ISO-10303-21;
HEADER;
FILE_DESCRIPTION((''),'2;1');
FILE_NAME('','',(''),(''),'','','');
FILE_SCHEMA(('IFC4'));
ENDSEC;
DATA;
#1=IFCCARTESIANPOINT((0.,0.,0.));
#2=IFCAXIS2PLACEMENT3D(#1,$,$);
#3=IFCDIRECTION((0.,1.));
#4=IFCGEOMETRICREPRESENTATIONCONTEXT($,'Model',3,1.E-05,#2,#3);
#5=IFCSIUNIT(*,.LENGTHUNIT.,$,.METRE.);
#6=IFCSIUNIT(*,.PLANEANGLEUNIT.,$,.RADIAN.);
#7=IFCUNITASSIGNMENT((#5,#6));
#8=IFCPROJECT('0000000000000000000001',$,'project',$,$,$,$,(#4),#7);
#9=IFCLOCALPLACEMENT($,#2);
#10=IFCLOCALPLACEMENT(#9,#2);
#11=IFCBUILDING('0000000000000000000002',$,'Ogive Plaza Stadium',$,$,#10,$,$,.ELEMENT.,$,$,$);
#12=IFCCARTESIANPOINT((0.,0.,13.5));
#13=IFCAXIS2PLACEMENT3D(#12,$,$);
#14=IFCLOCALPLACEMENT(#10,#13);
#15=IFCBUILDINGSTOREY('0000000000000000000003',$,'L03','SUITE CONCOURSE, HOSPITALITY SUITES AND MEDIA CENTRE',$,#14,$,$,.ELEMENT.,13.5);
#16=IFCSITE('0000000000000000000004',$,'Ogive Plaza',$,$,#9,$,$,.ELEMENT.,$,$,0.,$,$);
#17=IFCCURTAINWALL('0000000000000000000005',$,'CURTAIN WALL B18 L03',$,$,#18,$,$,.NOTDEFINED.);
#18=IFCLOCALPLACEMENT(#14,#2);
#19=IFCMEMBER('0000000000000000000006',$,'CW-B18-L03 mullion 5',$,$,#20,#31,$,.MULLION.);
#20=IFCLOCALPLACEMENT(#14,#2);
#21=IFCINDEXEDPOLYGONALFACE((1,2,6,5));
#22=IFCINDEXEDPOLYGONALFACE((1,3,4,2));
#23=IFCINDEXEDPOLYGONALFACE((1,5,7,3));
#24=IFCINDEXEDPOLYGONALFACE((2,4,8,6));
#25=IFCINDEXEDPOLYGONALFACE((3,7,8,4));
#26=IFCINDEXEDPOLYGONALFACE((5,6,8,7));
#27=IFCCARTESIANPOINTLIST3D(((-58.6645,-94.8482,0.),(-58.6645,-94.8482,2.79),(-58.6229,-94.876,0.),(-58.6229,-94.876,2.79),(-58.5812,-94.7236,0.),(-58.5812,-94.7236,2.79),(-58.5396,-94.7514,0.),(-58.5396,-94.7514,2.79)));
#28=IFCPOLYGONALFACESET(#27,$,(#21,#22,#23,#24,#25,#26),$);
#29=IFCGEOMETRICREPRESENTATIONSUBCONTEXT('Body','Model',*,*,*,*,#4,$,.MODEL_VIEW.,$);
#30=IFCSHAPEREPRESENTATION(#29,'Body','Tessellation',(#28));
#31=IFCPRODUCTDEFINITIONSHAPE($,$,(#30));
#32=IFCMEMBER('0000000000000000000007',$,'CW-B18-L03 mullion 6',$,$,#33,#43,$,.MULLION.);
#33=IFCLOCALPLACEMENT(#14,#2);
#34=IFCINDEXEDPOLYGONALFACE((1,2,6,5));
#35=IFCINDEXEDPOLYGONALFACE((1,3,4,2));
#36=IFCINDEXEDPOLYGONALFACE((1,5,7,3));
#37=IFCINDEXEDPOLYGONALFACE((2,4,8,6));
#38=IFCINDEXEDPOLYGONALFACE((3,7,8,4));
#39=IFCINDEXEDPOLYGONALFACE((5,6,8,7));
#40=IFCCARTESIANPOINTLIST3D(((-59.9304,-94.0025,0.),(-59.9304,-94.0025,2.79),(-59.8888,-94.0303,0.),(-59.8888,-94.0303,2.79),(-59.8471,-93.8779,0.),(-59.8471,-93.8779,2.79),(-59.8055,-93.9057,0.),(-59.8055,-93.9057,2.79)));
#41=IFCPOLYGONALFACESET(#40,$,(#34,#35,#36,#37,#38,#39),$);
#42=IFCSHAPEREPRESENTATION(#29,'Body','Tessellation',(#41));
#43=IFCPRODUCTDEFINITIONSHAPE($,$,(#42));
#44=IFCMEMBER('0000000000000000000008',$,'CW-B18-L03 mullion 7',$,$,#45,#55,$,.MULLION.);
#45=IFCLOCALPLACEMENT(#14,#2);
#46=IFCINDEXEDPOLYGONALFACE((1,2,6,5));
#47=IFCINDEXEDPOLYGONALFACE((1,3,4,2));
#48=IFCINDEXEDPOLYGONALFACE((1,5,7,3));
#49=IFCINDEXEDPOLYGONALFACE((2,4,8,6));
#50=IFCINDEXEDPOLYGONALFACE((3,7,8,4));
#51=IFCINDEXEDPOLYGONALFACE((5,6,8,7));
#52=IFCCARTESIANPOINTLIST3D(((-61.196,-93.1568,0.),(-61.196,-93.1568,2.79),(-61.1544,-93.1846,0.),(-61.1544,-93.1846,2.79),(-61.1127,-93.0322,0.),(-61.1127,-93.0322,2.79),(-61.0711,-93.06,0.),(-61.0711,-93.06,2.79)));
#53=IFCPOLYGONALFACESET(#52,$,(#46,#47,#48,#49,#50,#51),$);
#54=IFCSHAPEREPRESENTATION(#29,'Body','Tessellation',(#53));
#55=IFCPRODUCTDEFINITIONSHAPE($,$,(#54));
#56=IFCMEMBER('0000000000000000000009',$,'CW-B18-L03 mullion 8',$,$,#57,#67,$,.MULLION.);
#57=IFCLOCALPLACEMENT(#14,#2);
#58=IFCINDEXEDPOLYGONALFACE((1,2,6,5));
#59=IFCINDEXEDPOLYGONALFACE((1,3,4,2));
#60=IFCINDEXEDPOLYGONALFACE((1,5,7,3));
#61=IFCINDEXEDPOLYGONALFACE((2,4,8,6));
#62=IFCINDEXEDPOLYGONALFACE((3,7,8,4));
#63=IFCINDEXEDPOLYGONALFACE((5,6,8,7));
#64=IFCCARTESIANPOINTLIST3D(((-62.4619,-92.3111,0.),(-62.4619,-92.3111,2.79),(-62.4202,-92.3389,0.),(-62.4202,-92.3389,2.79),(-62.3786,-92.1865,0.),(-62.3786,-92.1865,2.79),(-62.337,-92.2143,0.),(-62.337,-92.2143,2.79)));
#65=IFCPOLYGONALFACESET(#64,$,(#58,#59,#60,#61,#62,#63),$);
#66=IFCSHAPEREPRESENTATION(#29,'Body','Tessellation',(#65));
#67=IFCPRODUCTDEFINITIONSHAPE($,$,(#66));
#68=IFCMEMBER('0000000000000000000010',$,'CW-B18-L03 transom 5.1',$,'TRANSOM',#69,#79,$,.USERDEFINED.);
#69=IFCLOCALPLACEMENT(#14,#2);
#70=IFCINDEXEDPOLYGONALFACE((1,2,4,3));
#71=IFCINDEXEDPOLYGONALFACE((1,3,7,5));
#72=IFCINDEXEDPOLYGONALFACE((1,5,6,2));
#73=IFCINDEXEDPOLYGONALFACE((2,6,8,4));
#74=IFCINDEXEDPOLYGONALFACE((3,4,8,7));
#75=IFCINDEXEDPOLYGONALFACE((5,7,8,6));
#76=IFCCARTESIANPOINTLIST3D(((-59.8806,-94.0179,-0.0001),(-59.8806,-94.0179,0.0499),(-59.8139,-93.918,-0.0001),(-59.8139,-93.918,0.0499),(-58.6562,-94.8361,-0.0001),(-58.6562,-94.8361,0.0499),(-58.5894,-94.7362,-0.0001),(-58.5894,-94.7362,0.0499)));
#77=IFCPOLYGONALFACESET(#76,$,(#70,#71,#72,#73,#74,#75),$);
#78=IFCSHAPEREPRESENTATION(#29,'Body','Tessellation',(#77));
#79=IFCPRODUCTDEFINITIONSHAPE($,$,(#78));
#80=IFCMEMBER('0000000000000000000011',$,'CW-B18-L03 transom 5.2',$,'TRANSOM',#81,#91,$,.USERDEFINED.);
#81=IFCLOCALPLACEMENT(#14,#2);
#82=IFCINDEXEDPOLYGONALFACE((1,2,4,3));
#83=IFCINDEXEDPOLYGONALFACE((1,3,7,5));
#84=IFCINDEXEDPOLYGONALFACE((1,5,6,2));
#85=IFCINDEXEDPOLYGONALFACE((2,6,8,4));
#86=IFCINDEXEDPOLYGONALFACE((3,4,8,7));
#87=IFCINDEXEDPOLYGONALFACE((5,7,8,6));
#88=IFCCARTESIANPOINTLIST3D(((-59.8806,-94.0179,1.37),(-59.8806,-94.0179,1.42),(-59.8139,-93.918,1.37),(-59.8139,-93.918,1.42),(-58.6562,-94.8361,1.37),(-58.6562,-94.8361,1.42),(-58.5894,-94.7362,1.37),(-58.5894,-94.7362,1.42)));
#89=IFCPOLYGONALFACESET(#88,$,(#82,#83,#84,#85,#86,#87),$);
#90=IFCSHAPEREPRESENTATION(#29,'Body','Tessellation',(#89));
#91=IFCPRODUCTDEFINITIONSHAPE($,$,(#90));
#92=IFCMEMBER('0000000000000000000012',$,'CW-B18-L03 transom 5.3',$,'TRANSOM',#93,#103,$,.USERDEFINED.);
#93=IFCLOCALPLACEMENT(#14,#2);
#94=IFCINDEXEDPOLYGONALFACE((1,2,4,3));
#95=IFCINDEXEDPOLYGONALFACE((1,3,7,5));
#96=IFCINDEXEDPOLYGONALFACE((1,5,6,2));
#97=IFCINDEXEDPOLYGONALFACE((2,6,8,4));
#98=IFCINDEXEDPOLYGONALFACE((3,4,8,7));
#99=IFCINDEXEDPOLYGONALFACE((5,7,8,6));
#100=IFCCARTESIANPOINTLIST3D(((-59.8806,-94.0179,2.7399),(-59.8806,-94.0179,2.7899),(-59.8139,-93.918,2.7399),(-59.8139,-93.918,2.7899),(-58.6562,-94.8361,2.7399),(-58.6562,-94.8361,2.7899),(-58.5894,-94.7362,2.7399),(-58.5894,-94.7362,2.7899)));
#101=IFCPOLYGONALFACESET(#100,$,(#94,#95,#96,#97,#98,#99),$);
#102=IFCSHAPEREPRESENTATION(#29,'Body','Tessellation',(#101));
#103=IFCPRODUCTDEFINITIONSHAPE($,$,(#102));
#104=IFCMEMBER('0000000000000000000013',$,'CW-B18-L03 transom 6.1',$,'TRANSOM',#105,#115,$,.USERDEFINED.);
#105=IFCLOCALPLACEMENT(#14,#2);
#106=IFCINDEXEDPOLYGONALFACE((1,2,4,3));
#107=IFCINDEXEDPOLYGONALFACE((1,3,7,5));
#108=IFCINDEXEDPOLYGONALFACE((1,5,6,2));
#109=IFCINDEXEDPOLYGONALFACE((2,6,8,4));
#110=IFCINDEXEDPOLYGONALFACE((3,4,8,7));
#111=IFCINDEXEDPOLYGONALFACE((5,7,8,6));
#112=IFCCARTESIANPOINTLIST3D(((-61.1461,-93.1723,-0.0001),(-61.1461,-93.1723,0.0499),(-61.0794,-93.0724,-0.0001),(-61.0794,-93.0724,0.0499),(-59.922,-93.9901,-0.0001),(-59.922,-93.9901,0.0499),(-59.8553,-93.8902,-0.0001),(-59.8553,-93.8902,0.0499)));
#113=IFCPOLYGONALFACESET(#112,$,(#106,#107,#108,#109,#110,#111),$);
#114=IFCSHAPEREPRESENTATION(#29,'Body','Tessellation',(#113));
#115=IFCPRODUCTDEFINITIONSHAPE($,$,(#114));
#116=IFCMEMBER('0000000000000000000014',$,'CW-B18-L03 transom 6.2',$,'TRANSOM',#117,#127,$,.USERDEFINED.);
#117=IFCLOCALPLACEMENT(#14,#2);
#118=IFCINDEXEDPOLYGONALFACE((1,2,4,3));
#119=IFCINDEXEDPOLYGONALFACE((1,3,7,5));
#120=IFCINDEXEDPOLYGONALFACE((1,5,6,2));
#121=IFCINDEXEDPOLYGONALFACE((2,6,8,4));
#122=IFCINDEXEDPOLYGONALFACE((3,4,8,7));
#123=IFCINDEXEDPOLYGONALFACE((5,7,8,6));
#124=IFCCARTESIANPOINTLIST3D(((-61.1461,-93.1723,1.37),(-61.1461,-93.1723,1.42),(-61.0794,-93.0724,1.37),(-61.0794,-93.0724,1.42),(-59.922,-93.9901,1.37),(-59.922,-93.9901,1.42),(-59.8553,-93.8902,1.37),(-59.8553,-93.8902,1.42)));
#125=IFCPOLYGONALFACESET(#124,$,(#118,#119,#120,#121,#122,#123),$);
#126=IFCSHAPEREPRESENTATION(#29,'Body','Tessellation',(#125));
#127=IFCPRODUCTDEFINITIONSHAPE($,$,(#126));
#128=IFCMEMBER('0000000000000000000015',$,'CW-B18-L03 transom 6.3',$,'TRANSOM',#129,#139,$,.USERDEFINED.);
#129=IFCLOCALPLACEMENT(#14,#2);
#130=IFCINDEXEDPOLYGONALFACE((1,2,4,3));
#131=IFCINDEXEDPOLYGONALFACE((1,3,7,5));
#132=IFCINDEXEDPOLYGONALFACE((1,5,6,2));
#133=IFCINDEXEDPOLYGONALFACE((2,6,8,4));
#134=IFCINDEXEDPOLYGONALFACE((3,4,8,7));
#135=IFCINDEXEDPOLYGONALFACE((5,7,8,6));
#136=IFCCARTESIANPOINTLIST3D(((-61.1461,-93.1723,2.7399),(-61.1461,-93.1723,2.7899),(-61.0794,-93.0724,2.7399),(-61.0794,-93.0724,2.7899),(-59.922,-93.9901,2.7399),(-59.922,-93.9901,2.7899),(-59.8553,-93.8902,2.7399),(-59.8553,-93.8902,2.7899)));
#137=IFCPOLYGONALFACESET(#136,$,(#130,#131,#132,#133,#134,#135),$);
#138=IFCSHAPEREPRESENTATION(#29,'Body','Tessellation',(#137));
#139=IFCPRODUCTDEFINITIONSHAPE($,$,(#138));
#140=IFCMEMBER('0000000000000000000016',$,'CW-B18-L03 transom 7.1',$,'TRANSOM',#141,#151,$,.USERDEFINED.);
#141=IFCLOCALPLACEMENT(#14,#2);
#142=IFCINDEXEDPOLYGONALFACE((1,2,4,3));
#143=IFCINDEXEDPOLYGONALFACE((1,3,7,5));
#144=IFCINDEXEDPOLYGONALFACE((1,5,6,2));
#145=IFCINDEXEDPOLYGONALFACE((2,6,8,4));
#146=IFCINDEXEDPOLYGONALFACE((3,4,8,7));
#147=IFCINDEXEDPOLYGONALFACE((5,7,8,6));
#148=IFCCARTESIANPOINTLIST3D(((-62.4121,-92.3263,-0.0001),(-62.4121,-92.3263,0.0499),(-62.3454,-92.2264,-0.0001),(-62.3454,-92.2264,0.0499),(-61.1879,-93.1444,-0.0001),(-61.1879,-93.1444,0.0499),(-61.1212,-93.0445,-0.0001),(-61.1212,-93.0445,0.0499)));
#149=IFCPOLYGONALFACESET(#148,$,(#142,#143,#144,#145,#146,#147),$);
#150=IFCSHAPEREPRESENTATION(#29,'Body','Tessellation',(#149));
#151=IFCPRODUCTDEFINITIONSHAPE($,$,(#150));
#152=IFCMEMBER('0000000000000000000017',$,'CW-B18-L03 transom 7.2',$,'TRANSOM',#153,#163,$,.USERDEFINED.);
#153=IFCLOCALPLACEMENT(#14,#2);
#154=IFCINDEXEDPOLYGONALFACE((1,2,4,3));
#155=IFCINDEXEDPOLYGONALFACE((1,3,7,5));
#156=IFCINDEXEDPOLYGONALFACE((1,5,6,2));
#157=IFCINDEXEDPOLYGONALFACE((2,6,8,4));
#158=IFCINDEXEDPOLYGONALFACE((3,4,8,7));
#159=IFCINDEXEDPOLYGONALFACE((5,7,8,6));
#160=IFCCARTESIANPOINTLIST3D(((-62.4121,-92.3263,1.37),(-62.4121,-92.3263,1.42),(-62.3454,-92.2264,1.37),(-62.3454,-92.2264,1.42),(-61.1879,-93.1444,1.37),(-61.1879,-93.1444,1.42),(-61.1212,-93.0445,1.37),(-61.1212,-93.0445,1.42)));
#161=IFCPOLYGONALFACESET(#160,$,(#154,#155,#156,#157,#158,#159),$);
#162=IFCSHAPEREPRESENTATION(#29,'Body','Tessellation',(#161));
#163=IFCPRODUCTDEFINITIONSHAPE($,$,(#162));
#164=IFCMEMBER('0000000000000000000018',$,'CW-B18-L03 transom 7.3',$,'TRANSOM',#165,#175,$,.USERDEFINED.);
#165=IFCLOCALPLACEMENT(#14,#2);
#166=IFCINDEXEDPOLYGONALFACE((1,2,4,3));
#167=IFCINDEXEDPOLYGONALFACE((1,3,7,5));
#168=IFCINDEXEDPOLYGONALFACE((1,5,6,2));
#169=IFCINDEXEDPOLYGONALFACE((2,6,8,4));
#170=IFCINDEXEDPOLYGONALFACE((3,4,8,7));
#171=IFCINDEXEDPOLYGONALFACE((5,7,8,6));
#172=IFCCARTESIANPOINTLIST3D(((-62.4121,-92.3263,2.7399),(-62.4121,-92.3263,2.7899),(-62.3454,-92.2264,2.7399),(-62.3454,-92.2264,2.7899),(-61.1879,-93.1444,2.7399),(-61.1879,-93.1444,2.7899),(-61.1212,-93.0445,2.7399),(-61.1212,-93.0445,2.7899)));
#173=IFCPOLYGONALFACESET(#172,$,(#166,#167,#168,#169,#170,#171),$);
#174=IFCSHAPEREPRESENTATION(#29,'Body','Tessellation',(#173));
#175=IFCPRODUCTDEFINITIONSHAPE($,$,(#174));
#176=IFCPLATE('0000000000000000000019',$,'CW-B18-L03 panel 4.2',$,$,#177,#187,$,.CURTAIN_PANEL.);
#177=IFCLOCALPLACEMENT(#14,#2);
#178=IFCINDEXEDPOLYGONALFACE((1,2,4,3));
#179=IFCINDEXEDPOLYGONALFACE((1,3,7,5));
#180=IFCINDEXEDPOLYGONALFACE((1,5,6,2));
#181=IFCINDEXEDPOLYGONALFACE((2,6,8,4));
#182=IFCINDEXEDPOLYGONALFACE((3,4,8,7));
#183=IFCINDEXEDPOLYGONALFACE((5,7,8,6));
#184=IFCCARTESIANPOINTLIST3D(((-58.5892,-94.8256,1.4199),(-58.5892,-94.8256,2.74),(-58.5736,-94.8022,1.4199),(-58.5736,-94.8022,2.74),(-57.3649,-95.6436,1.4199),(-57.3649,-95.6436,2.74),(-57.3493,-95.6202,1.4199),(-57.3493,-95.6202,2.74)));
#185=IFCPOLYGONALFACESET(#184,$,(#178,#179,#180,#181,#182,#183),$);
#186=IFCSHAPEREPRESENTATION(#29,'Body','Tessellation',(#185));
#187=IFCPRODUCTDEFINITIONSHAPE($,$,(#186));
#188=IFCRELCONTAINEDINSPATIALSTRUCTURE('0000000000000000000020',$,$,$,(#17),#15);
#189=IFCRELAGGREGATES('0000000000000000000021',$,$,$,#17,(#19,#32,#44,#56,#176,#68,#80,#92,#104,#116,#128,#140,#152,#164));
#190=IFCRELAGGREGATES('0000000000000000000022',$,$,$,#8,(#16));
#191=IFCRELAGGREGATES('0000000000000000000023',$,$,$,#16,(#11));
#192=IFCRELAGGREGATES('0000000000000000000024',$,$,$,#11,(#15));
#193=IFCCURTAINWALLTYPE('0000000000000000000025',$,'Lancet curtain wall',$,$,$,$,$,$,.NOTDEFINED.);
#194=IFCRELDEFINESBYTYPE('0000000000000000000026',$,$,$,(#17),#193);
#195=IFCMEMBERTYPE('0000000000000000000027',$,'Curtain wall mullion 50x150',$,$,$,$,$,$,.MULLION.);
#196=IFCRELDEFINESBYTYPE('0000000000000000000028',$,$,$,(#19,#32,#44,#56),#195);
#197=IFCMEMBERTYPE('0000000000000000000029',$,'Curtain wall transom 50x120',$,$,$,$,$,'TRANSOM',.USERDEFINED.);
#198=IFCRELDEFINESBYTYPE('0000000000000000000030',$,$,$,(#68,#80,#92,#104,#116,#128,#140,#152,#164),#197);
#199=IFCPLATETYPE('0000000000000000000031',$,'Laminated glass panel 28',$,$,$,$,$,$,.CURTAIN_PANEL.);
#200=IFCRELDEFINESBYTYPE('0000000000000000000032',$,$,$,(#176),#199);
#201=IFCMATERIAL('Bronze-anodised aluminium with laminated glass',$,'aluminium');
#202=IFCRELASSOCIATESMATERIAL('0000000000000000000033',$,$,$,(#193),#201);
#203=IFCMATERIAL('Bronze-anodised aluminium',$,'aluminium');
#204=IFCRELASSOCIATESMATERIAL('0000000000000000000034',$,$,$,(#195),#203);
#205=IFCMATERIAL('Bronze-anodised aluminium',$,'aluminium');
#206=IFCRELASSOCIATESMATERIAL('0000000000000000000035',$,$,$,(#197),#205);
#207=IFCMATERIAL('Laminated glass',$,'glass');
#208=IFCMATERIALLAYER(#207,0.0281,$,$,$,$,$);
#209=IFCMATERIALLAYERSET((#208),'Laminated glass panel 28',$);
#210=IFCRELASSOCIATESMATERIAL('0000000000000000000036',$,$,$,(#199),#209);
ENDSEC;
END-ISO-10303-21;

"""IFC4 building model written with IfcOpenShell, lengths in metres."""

from ifc_helpers import new_model, si_unit, direction, frame, origin, origin_2d, place, context, subcontext, project, spatial, rectangle, extrude, material, layer, layer_set, material_profile, profile_set, type_object, element, aggregate, save


model = new_model("IFC4")

# Units and contexts
model_context = context("Model", 3, precision=1e-05, world=origin(), true_north=direction((0.0, 1.0)))
body_context = subcontext(model_context, "Body", "Model", "MODEL_VIEW")
ifc_project = project(units=[si_unit("LENGTHUNIT", "METRE"), si_unit("PLANEANGLEUNIT", "RADIAN")], contexts=[model_context])

# Site, building, storey
site_placement = place(None, origin())
site = spatial("IfcSite", under=ifc_project, at=site_placement, Name="Ogive Plaza", CompositionType="ELEMENT", RefElevation=0.0)
building_placement = place(site_placement, origin())
building = spatial("IfcBuilding", under=site, at=building_placement, Name="Ogive Plaza Stadium", CompositionType="ELEMENT")
storey_placement = place(building_placement, frame((0.0, 0.0, 13.5)))
storey = spatial("IfcBuildingStorey", under=building, at=storey_placement, Name="L03", Description="SUITE CONCOURSE, HOSPITALITY SUITES AND MEDIA CENTRE", CompositionType="ELEMENT", Elevation=13.5)

# Curtain wall, members, plate
ifc_material_1 = material(Name="Bronze-anodised aluminium with laminated glass", Category="aluminium")
curtain_wall_type = type_object("IfcCurtainWallType", Name="Lancet curtain wall", PredefinedType="NOTDEFINED", material=ifc_material_1)
curtain_wall_placement = place(storey_placement, origin())
curtain_wall = element("IfcCurtainWall", 1, at=curtain_wall_placement, inside=storey, type_object=curtain_wall_type, Name="CURTAIN WALL B18 L03", PredefinedType="NOTDEFINED")
ifc_material_2 = material(Name="Bronze-anodised aluminium", Category="aluminium")
ifc_material_profile_1 = material_profile(ifc_material_2, rectangle(XDim=0.1499, YDim=0.05, at=origin_2d()), Name="AL 150x50")
ifc_profile_set_1 = profile_set([ifc_material_profile_1], Name="Bronze-anodised aluminium")
member_type_1 = type_object("IfcMemberType", Name="Curtain wall mullion 50x150", PredefinedType="MULLION", material=ifc_profile_set_1)
member_1_placement = place(storey_placement, frame((-58.6021, -94.7998, 0.0), z_axis=(0.0, 0.0, 1.0), x_axis=(-0.55557, -0.83147, 0.0)))
member_1 = element("IfcMember", 2, at=member_1_placement, type_object=member_type_1, Name="CW-B18-L03 mullion 5", PredefinedType="MULLION", context=body_context, shape_type="SweptSolid", body=[
    extrude(rectangle(XDim=0.1499, YDim=0.05, at=origin_2d()), origin(), (0.0, 0.0, 1.0), 2.79),
])
member_2_placement = place(storey_placement, frame((-59.8679, -93.9541, 0.0), z_axis=(0.0, 0.0, 1.0), x_axis=(-0.55557, -0.83147, 0.0)))
member_2 = element("IfcMember", 3, at=member_2_placement, type_object=member_type_1, Name="CW-B18-L03 mullion 6", PredefinedType="MULLION", context=body_context, shape_type="SweptSolid", body=[
    extrude(rectangle(XDim=0.1499, YDim=0.05, at=origin_2d()), origin(), (0.0, 0.0, 1.0), 2.79),
])
member_3_placement = place(storey_placement, frame((-61.1335, -93.1084, 0.0), z_axis=(0.0, 0.0, 1.0), x_axis=(-0.55557, -0.83147, 0.0)))
member_3 = element("IfcMember", 4, at=member_3_placement, type_object=member_type_1, Name="CW-B18-L03 mullion 7", PredefinedType="MULLION", context=body_context, shape_type="SweptSolid", body=[
    extrude(rectangle(XDim=0.1499, YDim=0.05, at=origin_2d()), origin(), (0.0, 0.0, 1.0), 2.79),
])
member_4_placement = place(storey_placement, frame((-62.3994, -92.2627, 0.0), z_axis=(0.0, 0.0, 1.0), x_axis=(-0.55557, -0.83147, 0.0)))
member_4 = element("IfcMember", 5, at=member_4_placement, type_object=member_type_1, Name="CW-B18-L03 mullion 8", PredefinedType="MULLION", context=body_context, shape_type="SweptSolid", body=[
    extrude(rectangle(XDim=0.1499, YDim=0.05, at=origin_2d()), origin(), (0.0, 0.0, 1.0), 2.79),
])
ifc_material_3 = material(Name="Bronze-anodised aluminium", Category="aluminium")
ifc_material_profile_2 = material_profile(ifc_material_3, rectangle(XDim=0.1201, YDim=0.05, at=origin_2d()), Name="AL 120x50")
ifc_profile_set_2 = profile_set([ifc_material_profile_2], Name="Bronze-anodised aluminium")
member_type_2 = type_object("IfcMemberType", Name="Curtain wall transom 50x120", ElementType="TRANSOM", PredefinedType="USERDEFINED", material=ifc_profile_set_2)
member_5_placement = place(storey_placement, frame((-58.6228, -94.7861, 0.0249), z_axis=(-0.831463, 0.55558, 0.0), x_axis=(-0.55558, -0.831463, 0.0)))
member_5 = element("IfcMember", 6, at=member_5_placement, type_object=member_type_2, Name="CW-B18-L03 transom 5.1", ObjectType="TRANSOM", PredefinedType="USERDEFINED", context=body_context, shape_type="SweptSolid", body=[
    extrude(rectangle(XDim=0.1201, YDim=0.05, at=origin_2d()), origin(), (0.0, 0.0, 1.0), 1.4727),
])
member_6_placement = place(storey_placement, frame((-58.6228, -94.7861, 1.395), z_axis=(-0.831463, 0.55558, 0.0), x_axis=(-0.55558, -0.831463, 0.0)))
member_6 = element("IfcMember", 7, at=member_6_placement, type_object=member_type_2, Name="CW-B18-L03 transom 5.2", ObjectType="TRANSOM", PredefinedType="USERDEFINED", context=body_context, shape_type="SweptSolid", body=[
    extrude(rectangle(XDim=0.1201, YDim=0.05, at=origin_2d()), origin(), (0.0, 0.0, 1.0), 1.4727),
])
member_7_placement = place(storey_placement, frame((-58.6228, -94.7861, 2.7649), z_axis=(-0.831463, 0.55558, 0.0), x_axis=(-0.55558, -0.831463, 0.0)))
member_7 = element("IfcMember", 8, at=member_7_placement, type_object=member_type_2, Name="CW-B18-L03 transom 5.3", ObjectType="TRANSOM", PredefinedType="USERDEFINED", context=body_context, shape_type="SweptSolid", body=[
    extrude(rectangle(XDim=0.1201, YDim=0.05, at=origin_2d()), origin(), (0.0, 0.0, 1.0), 1.4727),
])
member_8_placement = place(storey_placement, frame((-59.8887, -93.9402, 0.0249), z_axis=(-0.831489, 0.555542, 0.0), x_axis=(-0.555542, -0.831489, 0.0)))
member_8 = element("IfcMember", 9, at=member_8_placement, type_object=member_type_2, Name="CW-B18-L03 transom 6.1", ObjectType="TRANSOM", PredefinedType="USERDEFINED", context=body_context, shape_type="SweptSolid", body=[
    extrude(rectangle(XDim=0.1201, YDim=0.05, at=origin_2d()), origin(), (0.0, 0.0, 1.0), 1.4722),
])
member_9_placement = place(storey_placement, frame((-59.8887, -93.9402, 1.395), z_axis=(-0.831489, 0.555542, 0.0), x_axis=(-0.555542, -0.831489, 0.0)))
member_9 = element("IfcMember", 10, at=member_9_placement, type_object=member_type_2, Name="CW-B18-L03 transom 6.2", ObjectType="TRANSOM", PredefinedType="USERDEFINED", context=body_context, shape_type="SweptSolid", body=[
    extrude(rectangle(XDim=0.1201, YDim=0.05, at=origin_2d()), origin(), (0.0, 0.0, 1.0), 1.4722),
])
member_10_placement = place(storey_placement, frame((-59.8887, -93.9402, 2.7649), z_axis=(-0.831489, 0.555542, 0.0), x_axis=(-0.555542, -0.831489, 0.0)))
member_10 = element("IfcMember", 11, at=member_10_placement, type_object=member_type_2, Name="CW-B18-L03 transom 6.3", ObjectType="TRANSOM", PredefinedType="USERDEFINED", context=body_context, shape_type="SweptSolid", body=[
    extrude(rectangle(XDim=0.1201, YDim=0.05, at=origin_2d()), origin(), (0.0, 0.0, 1.0), 1.4722),
])
member_11_placement = place(storey_placement, frame((-61.1545, -93.0945, 0.0249), z_axis=(-0.831412, 0.555656, 0.0), x_axis=(-0.555656, -0.831412, 0.0)))
member_11 = element("IfcMember", 12, at=member_11_placement, type_object=member_type_2, Name="CW-B18-L03 transom 7.1", ObjectType="TRANSOM", PredefinedType="USERDEFINED", context=body_context, shape_type="SweptSolid", body=[
    extrude(rectangle(XDim=0.1201, YDim=0.05, at=origin_2d()), origin(), (0.0, 0.0, 1.0), 1.4724),
])
member_12_placement = place(storey_placement, frame((-61.1545, -93.0945, 1.395), z_axis=(-0.831412, 0.555656, 0.0), x_axis=(-0.555656, -0.831412, 0.0)))
member_12 = element("IfcMember", 13, at=member_12_placement, type_object=member_type_2, Name="CW-B18-L03 transom 7.2", ObjectType="TRANSOM", PredefinedType="USERDEFINED", context=body_context, shape_type="SweptSolid", body=[
    extrude(rectangle(XDim=0.1201, YDim=0.05, at=origin_2d()), origin(), (0.0, 0.0, 1.0), 1.4724),
])
member_13_placement = place(storey_placement, frame((-61.1545, -93.0945, 2.7649), z_axis=(-0.831412, 0.555656, 0.0), x_axis=(-0.555656, -0.831412, 0.0)))
member_13 = element("IfcMember", 14, at=member_13_placement, type_object=member_type_2, Name="CW-B18-L03 transom 7.3", ObjectType="TRANSOM", PredefinedType="USERDEFINED", context=body_context, shape_type="SweptSolid", body=[
    extrude(rectangle(XDim=0.1201, YDim=0.05, at=origin_2d()), origin(), (0.0, 0.0, 1.0), 1.4724),
])
ifc_material_4 = material(Name="Laminated glass", Category="glass")
ifc_layer_1 = layer(ifc_material_4, 0.0281)
ifc_layer_set_1 = layer_set([ifc_layer_1], Name="Laminated glass panel 28")
plate_type = type_object("IfcPlateType", Name="Laminated glass panel 28", PredefinedType="CURTAIN_PANEL", material=ifc_layer_set_1)
plate_1_placement = place(storey_placement, frame((-57.9692, -95.2229, 1.4199), z_axis=(0.0, 0.0, 1.0), x_axis=(-0.83147, 0.55557, 0.0)))
plate_1 = element("IfcPlate", 15, at=plate_1_placement, type_object=plate_type, Name="CW-B18-L03 panel 4.2", PredefinedType="CURTAIN_PANEL", context=body_context, shape_type="SweptSolid", body=[
    extrude(rectangle(XDim=1.4724, YDim=0.0281, at=origin_2d()), origin(), (0.0, 0.0, 1.0), 1.3201),
])
aggregate(curtain_wall, [member_1, member_2, member_3, member_4, plate_1, member_5, member_6, member_7, member_8, member_9, member_10, member_11, member_12, member_13])

save(model, "model.ifc")
